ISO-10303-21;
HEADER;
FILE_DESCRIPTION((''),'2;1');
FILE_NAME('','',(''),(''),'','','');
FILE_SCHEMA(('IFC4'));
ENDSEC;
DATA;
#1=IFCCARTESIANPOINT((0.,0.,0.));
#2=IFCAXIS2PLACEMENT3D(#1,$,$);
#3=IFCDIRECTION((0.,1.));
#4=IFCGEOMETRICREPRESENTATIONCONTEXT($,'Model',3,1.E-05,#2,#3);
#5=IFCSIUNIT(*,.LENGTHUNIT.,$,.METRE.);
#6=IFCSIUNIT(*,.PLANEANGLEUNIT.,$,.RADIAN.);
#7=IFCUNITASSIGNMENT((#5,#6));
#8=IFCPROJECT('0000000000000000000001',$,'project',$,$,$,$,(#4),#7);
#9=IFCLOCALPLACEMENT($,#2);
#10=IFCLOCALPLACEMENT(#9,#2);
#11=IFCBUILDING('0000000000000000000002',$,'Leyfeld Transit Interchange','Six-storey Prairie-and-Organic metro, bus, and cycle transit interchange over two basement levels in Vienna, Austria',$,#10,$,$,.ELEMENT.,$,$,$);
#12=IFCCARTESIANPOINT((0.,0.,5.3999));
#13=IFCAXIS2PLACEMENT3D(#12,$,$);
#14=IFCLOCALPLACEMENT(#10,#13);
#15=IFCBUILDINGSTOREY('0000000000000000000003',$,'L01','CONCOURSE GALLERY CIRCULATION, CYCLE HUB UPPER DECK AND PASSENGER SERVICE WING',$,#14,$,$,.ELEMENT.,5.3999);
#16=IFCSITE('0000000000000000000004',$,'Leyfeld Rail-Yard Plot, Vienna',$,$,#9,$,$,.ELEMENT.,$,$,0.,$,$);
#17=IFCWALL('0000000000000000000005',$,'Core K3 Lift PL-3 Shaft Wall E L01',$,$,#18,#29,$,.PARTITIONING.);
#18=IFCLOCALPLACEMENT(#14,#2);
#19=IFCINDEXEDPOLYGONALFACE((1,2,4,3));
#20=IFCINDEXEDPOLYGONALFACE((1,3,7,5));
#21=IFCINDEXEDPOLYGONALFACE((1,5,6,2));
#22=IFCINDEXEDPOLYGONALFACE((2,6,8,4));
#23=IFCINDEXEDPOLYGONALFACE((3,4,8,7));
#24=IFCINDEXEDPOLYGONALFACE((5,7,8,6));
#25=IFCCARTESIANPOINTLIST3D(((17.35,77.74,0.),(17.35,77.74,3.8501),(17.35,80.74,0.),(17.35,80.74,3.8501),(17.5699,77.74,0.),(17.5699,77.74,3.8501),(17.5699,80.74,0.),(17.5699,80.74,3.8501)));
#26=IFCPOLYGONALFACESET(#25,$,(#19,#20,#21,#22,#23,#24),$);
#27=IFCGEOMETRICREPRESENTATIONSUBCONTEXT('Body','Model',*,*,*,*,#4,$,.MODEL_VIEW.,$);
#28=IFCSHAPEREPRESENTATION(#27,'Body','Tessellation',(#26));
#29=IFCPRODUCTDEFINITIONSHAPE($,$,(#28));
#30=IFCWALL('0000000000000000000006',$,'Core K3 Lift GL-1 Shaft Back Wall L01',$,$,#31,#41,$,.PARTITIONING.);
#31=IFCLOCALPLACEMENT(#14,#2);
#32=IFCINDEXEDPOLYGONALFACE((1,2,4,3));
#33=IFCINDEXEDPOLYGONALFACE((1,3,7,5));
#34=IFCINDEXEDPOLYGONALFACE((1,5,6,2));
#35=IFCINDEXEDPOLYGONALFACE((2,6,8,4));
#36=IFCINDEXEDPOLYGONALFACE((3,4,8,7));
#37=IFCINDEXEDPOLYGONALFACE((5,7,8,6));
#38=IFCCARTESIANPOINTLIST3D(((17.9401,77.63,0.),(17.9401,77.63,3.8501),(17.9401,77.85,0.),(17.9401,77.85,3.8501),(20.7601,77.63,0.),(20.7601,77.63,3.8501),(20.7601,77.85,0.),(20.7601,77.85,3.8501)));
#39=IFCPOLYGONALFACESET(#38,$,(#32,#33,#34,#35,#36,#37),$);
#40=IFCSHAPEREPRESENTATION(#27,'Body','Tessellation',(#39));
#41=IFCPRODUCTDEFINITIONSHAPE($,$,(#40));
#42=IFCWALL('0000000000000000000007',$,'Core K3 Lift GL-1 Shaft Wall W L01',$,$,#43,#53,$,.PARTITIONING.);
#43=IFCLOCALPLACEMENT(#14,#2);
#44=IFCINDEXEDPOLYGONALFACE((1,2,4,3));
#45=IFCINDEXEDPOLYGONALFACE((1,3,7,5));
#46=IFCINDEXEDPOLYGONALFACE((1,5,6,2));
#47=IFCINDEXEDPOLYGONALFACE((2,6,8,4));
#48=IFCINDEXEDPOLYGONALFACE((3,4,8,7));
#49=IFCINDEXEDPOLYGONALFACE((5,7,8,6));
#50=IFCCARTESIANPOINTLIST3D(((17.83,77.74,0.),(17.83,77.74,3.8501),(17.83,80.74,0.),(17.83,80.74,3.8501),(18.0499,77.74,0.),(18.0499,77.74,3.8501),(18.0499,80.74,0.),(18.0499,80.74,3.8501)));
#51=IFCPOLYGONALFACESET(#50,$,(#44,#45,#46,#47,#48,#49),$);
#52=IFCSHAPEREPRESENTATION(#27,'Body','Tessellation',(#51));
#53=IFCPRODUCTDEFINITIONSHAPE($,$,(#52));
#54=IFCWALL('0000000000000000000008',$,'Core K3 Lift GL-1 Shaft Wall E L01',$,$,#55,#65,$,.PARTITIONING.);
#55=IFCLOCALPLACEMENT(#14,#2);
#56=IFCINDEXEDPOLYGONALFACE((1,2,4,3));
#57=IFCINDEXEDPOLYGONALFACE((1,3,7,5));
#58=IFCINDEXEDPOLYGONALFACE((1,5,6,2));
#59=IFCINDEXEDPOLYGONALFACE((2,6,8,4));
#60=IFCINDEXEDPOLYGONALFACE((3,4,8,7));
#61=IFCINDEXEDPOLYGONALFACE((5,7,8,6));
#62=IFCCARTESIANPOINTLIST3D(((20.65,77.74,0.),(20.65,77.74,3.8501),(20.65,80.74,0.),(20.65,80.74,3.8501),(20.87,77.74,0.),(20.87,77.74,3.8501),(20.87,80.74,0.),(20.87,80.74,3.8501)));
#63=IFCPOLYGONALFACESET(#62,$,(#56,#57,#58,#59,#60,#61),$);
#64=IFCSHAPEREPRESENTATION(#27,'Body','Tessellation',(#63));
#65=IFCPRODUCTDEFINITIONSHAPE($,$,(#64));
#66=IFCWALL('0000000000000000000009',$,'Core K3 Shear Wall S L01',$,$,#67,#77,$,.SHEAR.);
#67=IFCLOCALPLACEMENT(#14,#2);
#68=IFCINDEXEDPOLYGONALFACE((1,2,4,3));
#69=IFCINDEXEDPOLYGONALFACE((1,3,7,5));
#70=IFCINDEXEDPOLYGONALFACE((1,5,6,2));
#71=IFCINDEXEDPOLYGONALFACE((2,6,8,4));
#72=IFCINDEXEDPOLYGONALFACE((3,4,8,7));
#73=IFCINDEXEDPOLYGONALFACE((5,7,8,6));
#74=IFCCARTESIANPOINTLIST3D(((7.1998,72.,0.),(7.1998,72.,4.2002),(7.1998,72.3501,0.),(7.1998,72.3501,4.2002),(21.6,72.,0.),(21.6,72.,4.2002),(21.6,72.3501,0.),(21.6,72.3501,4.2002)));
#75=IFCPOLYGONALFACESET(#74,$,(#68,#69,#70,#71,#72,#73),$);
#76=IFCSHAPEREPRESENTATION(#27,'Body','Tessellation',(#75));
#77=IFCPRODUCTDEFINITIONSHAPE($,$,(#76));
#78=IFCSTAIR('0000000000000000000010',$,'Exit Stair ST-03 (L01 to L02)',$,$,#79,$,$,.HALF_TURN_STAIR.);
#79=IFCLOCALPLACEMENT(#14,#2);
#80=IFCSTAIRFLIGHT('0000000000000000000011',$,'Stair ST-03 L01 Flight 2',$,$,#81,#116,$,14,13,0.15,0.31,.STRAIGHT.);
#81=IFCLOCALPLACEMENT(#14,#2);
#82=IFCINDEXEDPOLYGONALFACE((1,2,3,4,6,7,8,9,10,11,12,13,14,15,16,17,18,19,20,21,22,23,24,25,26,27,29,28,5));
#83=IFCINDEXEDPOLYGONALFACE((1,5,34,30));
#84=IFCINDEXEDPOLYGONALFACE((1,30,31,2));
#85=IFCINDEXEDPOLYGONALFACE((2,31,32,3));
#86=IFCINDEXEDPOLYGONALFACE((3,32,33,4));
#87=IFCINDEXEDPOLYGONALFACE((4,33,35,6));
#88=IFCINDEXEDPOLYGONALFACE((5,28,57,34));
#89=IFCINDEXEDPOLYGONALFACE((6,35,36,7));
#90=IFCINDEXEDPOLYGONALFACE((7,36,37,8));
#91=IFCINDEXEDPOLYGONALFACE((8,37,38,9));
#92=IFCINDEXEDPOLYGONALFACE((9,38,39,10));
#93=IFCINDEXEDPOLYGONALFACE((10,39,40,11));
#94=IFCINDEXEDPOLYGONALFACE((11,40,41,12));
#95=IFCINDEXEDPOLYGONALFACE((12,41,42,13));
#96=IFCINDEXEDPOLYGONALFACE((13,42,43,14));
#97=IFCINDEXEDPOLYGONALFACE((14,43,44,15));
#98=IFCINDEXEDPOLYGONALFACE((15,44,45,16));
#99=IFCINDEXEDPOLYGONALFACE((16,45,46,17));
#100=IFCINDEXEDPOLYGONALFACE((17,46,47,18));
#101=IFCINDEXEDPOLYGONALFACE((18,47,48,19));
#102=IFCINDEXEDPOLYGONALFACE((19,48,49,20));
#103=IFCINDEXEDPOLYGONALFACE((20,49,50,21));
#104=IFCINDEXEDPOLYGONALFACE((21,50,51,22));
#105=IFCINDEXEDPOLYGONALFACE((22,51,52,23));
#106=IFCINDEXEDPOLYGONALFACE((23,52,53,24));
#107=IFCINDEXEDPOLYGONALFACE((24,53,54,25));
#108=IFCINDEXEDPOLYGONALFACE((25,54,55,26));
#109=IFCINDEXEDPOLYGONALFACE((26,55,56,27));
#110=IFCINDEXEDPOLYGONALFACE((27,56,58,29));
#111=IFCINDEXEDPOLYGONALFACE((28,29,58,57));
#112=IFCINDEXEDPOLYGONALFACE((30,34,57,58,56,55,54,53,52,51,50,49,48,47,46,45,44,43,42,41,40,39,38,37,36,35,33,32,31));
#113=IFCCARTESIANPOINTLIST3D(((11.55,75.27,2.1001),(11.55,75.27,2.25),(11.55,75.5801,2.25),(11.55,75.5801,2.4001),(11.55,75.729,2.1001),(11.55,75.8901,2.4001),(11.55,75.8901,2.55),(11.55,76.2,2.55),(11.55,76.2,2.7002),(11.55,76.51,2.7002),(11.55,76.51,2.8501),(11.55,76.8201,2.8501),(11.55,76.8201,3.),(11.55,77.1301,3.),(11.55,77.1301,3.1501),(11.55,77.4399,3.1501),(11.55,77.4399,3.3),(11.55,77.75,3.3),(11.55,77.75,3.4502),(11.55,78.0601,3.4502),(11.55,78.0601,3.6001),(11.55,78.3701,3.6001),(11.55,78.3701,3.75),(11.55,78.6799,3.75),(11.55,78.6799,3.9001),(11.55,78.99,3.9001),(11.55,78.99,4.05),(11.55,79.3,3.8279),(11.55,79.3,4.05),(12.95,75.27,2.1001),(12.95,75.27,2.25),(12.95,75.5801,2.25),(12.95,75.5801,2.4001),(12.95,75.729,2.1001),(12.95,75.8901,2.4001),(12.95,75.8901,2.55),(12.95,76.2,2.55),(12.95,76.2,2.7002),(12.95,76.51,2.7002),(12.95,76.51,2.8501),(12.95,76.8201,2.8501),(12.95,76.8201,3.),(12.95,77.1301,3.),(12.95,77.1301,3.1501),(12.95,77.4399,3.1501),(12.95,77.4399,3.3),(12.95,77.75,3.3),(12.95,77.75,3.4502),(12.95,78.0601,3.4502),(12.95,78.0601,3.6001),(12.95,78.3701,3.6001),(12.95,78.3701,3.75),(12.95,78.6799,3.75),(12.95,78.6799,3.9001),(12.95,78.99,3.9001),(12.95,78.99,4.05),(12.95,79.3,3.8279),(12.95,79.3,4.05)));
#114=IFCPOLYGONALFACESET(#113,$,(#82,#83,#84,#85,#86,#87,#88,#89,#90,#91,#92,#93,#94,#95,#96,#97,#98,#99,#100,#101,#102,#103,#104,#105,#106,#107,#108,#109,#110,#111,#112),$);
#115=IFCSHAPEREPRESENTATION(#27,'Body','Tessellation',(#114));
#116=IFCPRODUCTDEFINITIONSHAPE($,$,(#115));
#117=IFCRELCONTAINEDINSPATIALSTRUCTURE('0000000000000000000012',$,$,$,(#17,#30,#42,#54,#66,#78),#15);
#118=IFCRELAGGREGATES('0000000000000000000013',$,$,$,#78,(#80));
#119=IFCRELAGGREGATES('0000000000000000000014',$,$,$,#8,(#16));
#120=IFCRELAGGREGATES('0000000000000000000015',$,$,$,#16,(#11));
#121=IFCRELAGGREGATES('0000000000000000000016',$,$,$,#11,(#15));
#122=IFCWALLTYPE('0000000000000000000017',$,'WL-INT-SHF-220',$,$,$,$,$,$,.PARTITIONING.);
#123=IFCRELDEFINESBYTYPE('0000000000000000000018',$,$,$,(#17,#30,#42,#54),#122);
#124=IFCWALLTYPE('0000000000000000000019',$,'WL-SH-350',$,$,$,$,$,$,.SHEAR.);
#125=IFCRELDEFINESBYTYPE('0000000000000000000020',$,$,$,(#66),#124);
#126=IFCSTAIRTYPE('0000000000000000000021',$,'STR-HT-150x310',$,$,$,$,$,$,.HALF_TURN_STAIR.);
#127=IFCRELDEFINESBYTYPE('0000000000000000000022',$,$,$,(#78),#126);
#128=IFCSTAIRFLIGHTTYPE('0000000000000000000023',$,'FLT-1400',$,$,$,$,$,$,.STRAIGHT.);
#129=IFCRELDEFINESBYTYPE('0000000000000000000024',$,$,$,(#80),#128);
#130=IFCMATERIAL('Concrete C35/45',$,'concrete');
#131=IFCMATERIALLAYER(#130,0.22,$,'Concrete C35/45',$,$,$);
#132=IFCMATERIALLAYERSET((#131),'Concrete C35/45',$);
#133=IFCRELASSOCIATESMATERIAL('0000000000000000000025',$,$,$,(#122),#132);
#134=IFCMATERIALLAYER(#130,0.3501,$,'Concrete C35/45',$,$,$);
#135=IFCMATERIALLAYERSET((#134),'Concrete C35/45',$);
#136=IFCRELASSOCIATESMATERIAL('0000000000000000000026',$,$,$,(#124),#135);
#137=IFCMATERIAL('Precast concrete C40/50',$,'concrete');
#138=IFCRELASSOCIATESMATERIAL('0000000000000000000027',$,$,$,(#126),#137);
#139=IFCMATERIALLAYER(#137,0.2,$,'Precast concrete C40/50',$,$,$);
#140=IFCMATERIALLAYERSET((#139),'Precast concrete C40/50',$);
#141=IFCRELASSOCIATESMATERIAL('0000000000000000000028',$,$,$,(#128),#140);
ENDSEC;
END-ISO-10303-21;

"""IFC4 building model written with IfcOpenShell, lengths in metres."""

from ifc_helpers import new_model, si_unit, direction, frame, frame_2d, origin, place, context, subcontext, project, spatial, polyline, rectangle, outline, extrude, material, layer, layer_set, type_object, element, aggregate, save


model = new_model("IFC4")

# Units and contexts
model_context = context("Model", 3, precision=1e-05, world=origin(), true_north=direction((0.0, 1.0)))
body_context = subcontext(model_context, "Body", "Model", "MODEL_VIEW")
ifc_project = project(units=[si_unit("LENGTHUNIT", "METRE"), si_unit("PLANEANGLEUNIT", "RADIAN")], contexts=[model_context])

# Site, building, storey
site_placement = place(None, origin())
site = spatial("IfcSite", under=ifc_project, at=site_placement, Name="Leyfeld Rail-Yard Plot, Vienna", CompositionType="ELEMENT", RefElevation=0.0)
building_placement = place(site_placement, origin())
building = spatial("IfcBuilding", under=site, at=building_placement, Name="Leyfeld Transit Interchange", Description="Six-storey Prairie-and-Organic metro, bus, and cycle transit interchange over two basement levels in Vienna, Austria", CompositionType="ELEMENT")
storey_placement = place(building_placement, frame((0.0, 0.0, 5.3999)))
storey = spatial("IfcBuildingStorey", under=building, at=storey_placement, Name="L01", Description="CONCOURSE GALLERY CIRCULATION, CYCLE HUB UPPER DECK AND PASSENGER SERVICE WING", CompositionType="ELEMENT", Elevation=5.3999)

# Shared definitions
ifc_material_1 = material(Name="Concrete C35/45", Category="concrete")

# Shared definitions
ifc_layer_1 = layer(ifc_material_1, 0.22, Name="Concrete C35/45")
ifc_layer_set_1 = layer_set([ifc_layer_1], Name="Concrete C35/45")
wall_type_1 = type_object("IfcWallType", Name="WL-INT-SHF-220", PredefinedType="PARTITIONING", material=ifc_layer_set_1)

# Walls
for number, where, z_axis, x_axis, name in (
    (1, (17.46, 77.74, 0.0), (0.0, 0.0, 1.0), (0.0, 1.0, 0.0), "Core K3 Lift PL-3 Shaft Wall E L01"),
):
    element("IfcWall", number, at=place(storey_placement, frame(where, z_axis=z_axis, x_axis=x_axis)), inside=storey, type_object=wall_type_1, Name=name, PredefinedType="PARTITIONING", context=body_context, shape_type="SweptSolid", body=[
        extrude(rectangle(XDim=3.0, YDim=0.22, at=frame_2d((1.5, 0.0))), origin(), (0.0, 0.0, 1.0), 3.8501),
    ])
wall_1_placement = place(storey_placement, frame((17.9399, 77.74, 0.0), z_axis=(0.0, 0.0, 1.0), x_axis=(1.0, 0.0, 0.0)))
element("IfcWall", 2, at=wall_1_placement, inside=storey, type_object=wall_type_1, Name="Core K3 Lift GL-1 Shaft Back Wall L01", PredefinedType="PARTITIONING", context=body_context, shape_type="SweptSolid", body=[
    extrude(rectangle(XDim=2.8201, YDim=0.22, at=frame_2d((1.4102, 0.0))), origin(), (0.0, 0.0, 1.0), 3.8501),
])
for number, where, z_axis, x_axis, name in (
    (3, (17.9399, 77.74, 0.0), (0.0, 0.0, 1.0), (0.0, 1.0, 0.0), "Core K3 Lift GL-1 Shaft Wall W L01"),
    (4, (20.76, 77.74, 0.0), (0.0, 0.0, 1.0), (0.0, 1.0, 0.0), "Core K3 Lift GL-1 Shaft Wall E L01"),
):
    element("IfcWall", number, at=place(storey_placement, frame(where, z_axis=z_axis, x_axis=x_axis)), inside=storey, type_object=wall_type_1, Name=name, PredefinedType="PARTITIONING", context=body_context, shape_type="SweptSolid", body=[
        extrude(rectangle(XDim=3.0, YDim=0.22, at=frame_2d((1.5, 0.0))), origin(), (0.0, 0.0, 1.0), 3.8501),
    ])
ifc_layer_2 = layer(ifc_material_1, 0.3501, Name="Concrete C35/45")
ifc_layer_set_2 = layer_set([ifc_layer_2], Name="Concrete C35/45")
wall_type_2 = type_object("IfcWallType", Name="WL-SH-350", PredefinedType="SHEAR", material=ifc_layer_set_2)
wall_2_placement = place(storey_placement, frame((21.6001, 72.175, 0.0), z_axis=(0.0, 0.0, 1.0), x_axis=(-1.0, 0.0, 0.0)))
element("IfcWall", 5, at=wall_2_placement, inside=storey, type_object=wall_type_2, Name="Core K3 Shear Wall S L01", PredefinedType="SHEAR", context=body_context, shape_type="SweptSolid", body=[
    extrude(rectangle(XDim=14.4001, YDim=0.3501, at=frame_2d((7.2002, 0.0))), origin(), (0.0, 0.0, 1.0), 4.2002),
])

# Stair, stair flight
ifc_material_2 = material(Name="Precast concrete C40/50", Category="concrete")
stair_type = type_object("IfcStairType", Name="STR-HT-150x310", PredefinedType="HALF_TURN_STAIR", material=ifc_material_2)
stair_placement = place(storey_placement, origin())
stair = element("IfcStair", 6, at=stair_placement, inside=storey, type_object=stair_type, Name="Exit Stair ST-03 (L01 to L02)", PredefinedType="HALF_TURN_STAIR")
ifc_layer_3 = layer(ifc_material_2, 0.2, Name="Precast concrete C40/50")
ifc_layer_set_3 = layer_set([ifc_layer_3], Name="Precast concrete C40/50")
stair_flight_type = type_object("IfcStairFlightType", Name="FLT-1400", PredefinedType="STRAIGHT", material=ifc_layer_set_3)
stair_flight_placement = place(storey_placement, frame((12.25, 75.27, 2.1001), z_axis=(0.0, 0.0, 1.0), x_axis=(0.0, 1.0, 0.0)))
stair_flight = element("IfcStairFlight", 7, at=stair_flight_placement, type_object=stair_flight_type, Name="Stair ST-03 L01 Flight 2", NumberOfRisers=14, NumberOfTreads=13, PredefinedType="STRAIGHT", RiserHeight=0.15, TreadLength=0.31, context=body_context, shape_type="SweptSolid", body=[
    extrude(outline(polyline([(0.0, 0.0), (0.0, 0.1499), (0.3101, 0.1499), (0.3101, 0.3), (0.6201, 0.3), (0.6201, 0.45), (0.9299, 0.45), (0.9299, 0.6001), (1.24, 0.6001), (1.24, 0.75), (1.55, 0.75), (1.55, 0.8999), (1.8601, 0.8999), (1.8601, 1.05), (2.1699, 1.05), (2.1699, 1.2), (2.48, 1.2), (2.48, 1.3501), (2.79, 1.3501), (2.79, 1.5), (3.1001, 1.5), (3.1001, 1.6499), (3.4099, 1.6499), (3.4099, 1.8), (3.72, 1.8), (3.72, 1.95), (4.03, 1.95), (4.03, 2.1001), (4.03, 1.7278), (0.459, 0.0), (0.0, 0.0)])), frame((0.0, 0.7, 0.0), z_axis=(0.0, -1.0, 0.0), x_axis=(1.0, 0.0, 0.0)), (0.0, 0.0, 1.0), 1.3999),
])
aggregate(stair, [stair_flight])

save(model, "model.ifc")
